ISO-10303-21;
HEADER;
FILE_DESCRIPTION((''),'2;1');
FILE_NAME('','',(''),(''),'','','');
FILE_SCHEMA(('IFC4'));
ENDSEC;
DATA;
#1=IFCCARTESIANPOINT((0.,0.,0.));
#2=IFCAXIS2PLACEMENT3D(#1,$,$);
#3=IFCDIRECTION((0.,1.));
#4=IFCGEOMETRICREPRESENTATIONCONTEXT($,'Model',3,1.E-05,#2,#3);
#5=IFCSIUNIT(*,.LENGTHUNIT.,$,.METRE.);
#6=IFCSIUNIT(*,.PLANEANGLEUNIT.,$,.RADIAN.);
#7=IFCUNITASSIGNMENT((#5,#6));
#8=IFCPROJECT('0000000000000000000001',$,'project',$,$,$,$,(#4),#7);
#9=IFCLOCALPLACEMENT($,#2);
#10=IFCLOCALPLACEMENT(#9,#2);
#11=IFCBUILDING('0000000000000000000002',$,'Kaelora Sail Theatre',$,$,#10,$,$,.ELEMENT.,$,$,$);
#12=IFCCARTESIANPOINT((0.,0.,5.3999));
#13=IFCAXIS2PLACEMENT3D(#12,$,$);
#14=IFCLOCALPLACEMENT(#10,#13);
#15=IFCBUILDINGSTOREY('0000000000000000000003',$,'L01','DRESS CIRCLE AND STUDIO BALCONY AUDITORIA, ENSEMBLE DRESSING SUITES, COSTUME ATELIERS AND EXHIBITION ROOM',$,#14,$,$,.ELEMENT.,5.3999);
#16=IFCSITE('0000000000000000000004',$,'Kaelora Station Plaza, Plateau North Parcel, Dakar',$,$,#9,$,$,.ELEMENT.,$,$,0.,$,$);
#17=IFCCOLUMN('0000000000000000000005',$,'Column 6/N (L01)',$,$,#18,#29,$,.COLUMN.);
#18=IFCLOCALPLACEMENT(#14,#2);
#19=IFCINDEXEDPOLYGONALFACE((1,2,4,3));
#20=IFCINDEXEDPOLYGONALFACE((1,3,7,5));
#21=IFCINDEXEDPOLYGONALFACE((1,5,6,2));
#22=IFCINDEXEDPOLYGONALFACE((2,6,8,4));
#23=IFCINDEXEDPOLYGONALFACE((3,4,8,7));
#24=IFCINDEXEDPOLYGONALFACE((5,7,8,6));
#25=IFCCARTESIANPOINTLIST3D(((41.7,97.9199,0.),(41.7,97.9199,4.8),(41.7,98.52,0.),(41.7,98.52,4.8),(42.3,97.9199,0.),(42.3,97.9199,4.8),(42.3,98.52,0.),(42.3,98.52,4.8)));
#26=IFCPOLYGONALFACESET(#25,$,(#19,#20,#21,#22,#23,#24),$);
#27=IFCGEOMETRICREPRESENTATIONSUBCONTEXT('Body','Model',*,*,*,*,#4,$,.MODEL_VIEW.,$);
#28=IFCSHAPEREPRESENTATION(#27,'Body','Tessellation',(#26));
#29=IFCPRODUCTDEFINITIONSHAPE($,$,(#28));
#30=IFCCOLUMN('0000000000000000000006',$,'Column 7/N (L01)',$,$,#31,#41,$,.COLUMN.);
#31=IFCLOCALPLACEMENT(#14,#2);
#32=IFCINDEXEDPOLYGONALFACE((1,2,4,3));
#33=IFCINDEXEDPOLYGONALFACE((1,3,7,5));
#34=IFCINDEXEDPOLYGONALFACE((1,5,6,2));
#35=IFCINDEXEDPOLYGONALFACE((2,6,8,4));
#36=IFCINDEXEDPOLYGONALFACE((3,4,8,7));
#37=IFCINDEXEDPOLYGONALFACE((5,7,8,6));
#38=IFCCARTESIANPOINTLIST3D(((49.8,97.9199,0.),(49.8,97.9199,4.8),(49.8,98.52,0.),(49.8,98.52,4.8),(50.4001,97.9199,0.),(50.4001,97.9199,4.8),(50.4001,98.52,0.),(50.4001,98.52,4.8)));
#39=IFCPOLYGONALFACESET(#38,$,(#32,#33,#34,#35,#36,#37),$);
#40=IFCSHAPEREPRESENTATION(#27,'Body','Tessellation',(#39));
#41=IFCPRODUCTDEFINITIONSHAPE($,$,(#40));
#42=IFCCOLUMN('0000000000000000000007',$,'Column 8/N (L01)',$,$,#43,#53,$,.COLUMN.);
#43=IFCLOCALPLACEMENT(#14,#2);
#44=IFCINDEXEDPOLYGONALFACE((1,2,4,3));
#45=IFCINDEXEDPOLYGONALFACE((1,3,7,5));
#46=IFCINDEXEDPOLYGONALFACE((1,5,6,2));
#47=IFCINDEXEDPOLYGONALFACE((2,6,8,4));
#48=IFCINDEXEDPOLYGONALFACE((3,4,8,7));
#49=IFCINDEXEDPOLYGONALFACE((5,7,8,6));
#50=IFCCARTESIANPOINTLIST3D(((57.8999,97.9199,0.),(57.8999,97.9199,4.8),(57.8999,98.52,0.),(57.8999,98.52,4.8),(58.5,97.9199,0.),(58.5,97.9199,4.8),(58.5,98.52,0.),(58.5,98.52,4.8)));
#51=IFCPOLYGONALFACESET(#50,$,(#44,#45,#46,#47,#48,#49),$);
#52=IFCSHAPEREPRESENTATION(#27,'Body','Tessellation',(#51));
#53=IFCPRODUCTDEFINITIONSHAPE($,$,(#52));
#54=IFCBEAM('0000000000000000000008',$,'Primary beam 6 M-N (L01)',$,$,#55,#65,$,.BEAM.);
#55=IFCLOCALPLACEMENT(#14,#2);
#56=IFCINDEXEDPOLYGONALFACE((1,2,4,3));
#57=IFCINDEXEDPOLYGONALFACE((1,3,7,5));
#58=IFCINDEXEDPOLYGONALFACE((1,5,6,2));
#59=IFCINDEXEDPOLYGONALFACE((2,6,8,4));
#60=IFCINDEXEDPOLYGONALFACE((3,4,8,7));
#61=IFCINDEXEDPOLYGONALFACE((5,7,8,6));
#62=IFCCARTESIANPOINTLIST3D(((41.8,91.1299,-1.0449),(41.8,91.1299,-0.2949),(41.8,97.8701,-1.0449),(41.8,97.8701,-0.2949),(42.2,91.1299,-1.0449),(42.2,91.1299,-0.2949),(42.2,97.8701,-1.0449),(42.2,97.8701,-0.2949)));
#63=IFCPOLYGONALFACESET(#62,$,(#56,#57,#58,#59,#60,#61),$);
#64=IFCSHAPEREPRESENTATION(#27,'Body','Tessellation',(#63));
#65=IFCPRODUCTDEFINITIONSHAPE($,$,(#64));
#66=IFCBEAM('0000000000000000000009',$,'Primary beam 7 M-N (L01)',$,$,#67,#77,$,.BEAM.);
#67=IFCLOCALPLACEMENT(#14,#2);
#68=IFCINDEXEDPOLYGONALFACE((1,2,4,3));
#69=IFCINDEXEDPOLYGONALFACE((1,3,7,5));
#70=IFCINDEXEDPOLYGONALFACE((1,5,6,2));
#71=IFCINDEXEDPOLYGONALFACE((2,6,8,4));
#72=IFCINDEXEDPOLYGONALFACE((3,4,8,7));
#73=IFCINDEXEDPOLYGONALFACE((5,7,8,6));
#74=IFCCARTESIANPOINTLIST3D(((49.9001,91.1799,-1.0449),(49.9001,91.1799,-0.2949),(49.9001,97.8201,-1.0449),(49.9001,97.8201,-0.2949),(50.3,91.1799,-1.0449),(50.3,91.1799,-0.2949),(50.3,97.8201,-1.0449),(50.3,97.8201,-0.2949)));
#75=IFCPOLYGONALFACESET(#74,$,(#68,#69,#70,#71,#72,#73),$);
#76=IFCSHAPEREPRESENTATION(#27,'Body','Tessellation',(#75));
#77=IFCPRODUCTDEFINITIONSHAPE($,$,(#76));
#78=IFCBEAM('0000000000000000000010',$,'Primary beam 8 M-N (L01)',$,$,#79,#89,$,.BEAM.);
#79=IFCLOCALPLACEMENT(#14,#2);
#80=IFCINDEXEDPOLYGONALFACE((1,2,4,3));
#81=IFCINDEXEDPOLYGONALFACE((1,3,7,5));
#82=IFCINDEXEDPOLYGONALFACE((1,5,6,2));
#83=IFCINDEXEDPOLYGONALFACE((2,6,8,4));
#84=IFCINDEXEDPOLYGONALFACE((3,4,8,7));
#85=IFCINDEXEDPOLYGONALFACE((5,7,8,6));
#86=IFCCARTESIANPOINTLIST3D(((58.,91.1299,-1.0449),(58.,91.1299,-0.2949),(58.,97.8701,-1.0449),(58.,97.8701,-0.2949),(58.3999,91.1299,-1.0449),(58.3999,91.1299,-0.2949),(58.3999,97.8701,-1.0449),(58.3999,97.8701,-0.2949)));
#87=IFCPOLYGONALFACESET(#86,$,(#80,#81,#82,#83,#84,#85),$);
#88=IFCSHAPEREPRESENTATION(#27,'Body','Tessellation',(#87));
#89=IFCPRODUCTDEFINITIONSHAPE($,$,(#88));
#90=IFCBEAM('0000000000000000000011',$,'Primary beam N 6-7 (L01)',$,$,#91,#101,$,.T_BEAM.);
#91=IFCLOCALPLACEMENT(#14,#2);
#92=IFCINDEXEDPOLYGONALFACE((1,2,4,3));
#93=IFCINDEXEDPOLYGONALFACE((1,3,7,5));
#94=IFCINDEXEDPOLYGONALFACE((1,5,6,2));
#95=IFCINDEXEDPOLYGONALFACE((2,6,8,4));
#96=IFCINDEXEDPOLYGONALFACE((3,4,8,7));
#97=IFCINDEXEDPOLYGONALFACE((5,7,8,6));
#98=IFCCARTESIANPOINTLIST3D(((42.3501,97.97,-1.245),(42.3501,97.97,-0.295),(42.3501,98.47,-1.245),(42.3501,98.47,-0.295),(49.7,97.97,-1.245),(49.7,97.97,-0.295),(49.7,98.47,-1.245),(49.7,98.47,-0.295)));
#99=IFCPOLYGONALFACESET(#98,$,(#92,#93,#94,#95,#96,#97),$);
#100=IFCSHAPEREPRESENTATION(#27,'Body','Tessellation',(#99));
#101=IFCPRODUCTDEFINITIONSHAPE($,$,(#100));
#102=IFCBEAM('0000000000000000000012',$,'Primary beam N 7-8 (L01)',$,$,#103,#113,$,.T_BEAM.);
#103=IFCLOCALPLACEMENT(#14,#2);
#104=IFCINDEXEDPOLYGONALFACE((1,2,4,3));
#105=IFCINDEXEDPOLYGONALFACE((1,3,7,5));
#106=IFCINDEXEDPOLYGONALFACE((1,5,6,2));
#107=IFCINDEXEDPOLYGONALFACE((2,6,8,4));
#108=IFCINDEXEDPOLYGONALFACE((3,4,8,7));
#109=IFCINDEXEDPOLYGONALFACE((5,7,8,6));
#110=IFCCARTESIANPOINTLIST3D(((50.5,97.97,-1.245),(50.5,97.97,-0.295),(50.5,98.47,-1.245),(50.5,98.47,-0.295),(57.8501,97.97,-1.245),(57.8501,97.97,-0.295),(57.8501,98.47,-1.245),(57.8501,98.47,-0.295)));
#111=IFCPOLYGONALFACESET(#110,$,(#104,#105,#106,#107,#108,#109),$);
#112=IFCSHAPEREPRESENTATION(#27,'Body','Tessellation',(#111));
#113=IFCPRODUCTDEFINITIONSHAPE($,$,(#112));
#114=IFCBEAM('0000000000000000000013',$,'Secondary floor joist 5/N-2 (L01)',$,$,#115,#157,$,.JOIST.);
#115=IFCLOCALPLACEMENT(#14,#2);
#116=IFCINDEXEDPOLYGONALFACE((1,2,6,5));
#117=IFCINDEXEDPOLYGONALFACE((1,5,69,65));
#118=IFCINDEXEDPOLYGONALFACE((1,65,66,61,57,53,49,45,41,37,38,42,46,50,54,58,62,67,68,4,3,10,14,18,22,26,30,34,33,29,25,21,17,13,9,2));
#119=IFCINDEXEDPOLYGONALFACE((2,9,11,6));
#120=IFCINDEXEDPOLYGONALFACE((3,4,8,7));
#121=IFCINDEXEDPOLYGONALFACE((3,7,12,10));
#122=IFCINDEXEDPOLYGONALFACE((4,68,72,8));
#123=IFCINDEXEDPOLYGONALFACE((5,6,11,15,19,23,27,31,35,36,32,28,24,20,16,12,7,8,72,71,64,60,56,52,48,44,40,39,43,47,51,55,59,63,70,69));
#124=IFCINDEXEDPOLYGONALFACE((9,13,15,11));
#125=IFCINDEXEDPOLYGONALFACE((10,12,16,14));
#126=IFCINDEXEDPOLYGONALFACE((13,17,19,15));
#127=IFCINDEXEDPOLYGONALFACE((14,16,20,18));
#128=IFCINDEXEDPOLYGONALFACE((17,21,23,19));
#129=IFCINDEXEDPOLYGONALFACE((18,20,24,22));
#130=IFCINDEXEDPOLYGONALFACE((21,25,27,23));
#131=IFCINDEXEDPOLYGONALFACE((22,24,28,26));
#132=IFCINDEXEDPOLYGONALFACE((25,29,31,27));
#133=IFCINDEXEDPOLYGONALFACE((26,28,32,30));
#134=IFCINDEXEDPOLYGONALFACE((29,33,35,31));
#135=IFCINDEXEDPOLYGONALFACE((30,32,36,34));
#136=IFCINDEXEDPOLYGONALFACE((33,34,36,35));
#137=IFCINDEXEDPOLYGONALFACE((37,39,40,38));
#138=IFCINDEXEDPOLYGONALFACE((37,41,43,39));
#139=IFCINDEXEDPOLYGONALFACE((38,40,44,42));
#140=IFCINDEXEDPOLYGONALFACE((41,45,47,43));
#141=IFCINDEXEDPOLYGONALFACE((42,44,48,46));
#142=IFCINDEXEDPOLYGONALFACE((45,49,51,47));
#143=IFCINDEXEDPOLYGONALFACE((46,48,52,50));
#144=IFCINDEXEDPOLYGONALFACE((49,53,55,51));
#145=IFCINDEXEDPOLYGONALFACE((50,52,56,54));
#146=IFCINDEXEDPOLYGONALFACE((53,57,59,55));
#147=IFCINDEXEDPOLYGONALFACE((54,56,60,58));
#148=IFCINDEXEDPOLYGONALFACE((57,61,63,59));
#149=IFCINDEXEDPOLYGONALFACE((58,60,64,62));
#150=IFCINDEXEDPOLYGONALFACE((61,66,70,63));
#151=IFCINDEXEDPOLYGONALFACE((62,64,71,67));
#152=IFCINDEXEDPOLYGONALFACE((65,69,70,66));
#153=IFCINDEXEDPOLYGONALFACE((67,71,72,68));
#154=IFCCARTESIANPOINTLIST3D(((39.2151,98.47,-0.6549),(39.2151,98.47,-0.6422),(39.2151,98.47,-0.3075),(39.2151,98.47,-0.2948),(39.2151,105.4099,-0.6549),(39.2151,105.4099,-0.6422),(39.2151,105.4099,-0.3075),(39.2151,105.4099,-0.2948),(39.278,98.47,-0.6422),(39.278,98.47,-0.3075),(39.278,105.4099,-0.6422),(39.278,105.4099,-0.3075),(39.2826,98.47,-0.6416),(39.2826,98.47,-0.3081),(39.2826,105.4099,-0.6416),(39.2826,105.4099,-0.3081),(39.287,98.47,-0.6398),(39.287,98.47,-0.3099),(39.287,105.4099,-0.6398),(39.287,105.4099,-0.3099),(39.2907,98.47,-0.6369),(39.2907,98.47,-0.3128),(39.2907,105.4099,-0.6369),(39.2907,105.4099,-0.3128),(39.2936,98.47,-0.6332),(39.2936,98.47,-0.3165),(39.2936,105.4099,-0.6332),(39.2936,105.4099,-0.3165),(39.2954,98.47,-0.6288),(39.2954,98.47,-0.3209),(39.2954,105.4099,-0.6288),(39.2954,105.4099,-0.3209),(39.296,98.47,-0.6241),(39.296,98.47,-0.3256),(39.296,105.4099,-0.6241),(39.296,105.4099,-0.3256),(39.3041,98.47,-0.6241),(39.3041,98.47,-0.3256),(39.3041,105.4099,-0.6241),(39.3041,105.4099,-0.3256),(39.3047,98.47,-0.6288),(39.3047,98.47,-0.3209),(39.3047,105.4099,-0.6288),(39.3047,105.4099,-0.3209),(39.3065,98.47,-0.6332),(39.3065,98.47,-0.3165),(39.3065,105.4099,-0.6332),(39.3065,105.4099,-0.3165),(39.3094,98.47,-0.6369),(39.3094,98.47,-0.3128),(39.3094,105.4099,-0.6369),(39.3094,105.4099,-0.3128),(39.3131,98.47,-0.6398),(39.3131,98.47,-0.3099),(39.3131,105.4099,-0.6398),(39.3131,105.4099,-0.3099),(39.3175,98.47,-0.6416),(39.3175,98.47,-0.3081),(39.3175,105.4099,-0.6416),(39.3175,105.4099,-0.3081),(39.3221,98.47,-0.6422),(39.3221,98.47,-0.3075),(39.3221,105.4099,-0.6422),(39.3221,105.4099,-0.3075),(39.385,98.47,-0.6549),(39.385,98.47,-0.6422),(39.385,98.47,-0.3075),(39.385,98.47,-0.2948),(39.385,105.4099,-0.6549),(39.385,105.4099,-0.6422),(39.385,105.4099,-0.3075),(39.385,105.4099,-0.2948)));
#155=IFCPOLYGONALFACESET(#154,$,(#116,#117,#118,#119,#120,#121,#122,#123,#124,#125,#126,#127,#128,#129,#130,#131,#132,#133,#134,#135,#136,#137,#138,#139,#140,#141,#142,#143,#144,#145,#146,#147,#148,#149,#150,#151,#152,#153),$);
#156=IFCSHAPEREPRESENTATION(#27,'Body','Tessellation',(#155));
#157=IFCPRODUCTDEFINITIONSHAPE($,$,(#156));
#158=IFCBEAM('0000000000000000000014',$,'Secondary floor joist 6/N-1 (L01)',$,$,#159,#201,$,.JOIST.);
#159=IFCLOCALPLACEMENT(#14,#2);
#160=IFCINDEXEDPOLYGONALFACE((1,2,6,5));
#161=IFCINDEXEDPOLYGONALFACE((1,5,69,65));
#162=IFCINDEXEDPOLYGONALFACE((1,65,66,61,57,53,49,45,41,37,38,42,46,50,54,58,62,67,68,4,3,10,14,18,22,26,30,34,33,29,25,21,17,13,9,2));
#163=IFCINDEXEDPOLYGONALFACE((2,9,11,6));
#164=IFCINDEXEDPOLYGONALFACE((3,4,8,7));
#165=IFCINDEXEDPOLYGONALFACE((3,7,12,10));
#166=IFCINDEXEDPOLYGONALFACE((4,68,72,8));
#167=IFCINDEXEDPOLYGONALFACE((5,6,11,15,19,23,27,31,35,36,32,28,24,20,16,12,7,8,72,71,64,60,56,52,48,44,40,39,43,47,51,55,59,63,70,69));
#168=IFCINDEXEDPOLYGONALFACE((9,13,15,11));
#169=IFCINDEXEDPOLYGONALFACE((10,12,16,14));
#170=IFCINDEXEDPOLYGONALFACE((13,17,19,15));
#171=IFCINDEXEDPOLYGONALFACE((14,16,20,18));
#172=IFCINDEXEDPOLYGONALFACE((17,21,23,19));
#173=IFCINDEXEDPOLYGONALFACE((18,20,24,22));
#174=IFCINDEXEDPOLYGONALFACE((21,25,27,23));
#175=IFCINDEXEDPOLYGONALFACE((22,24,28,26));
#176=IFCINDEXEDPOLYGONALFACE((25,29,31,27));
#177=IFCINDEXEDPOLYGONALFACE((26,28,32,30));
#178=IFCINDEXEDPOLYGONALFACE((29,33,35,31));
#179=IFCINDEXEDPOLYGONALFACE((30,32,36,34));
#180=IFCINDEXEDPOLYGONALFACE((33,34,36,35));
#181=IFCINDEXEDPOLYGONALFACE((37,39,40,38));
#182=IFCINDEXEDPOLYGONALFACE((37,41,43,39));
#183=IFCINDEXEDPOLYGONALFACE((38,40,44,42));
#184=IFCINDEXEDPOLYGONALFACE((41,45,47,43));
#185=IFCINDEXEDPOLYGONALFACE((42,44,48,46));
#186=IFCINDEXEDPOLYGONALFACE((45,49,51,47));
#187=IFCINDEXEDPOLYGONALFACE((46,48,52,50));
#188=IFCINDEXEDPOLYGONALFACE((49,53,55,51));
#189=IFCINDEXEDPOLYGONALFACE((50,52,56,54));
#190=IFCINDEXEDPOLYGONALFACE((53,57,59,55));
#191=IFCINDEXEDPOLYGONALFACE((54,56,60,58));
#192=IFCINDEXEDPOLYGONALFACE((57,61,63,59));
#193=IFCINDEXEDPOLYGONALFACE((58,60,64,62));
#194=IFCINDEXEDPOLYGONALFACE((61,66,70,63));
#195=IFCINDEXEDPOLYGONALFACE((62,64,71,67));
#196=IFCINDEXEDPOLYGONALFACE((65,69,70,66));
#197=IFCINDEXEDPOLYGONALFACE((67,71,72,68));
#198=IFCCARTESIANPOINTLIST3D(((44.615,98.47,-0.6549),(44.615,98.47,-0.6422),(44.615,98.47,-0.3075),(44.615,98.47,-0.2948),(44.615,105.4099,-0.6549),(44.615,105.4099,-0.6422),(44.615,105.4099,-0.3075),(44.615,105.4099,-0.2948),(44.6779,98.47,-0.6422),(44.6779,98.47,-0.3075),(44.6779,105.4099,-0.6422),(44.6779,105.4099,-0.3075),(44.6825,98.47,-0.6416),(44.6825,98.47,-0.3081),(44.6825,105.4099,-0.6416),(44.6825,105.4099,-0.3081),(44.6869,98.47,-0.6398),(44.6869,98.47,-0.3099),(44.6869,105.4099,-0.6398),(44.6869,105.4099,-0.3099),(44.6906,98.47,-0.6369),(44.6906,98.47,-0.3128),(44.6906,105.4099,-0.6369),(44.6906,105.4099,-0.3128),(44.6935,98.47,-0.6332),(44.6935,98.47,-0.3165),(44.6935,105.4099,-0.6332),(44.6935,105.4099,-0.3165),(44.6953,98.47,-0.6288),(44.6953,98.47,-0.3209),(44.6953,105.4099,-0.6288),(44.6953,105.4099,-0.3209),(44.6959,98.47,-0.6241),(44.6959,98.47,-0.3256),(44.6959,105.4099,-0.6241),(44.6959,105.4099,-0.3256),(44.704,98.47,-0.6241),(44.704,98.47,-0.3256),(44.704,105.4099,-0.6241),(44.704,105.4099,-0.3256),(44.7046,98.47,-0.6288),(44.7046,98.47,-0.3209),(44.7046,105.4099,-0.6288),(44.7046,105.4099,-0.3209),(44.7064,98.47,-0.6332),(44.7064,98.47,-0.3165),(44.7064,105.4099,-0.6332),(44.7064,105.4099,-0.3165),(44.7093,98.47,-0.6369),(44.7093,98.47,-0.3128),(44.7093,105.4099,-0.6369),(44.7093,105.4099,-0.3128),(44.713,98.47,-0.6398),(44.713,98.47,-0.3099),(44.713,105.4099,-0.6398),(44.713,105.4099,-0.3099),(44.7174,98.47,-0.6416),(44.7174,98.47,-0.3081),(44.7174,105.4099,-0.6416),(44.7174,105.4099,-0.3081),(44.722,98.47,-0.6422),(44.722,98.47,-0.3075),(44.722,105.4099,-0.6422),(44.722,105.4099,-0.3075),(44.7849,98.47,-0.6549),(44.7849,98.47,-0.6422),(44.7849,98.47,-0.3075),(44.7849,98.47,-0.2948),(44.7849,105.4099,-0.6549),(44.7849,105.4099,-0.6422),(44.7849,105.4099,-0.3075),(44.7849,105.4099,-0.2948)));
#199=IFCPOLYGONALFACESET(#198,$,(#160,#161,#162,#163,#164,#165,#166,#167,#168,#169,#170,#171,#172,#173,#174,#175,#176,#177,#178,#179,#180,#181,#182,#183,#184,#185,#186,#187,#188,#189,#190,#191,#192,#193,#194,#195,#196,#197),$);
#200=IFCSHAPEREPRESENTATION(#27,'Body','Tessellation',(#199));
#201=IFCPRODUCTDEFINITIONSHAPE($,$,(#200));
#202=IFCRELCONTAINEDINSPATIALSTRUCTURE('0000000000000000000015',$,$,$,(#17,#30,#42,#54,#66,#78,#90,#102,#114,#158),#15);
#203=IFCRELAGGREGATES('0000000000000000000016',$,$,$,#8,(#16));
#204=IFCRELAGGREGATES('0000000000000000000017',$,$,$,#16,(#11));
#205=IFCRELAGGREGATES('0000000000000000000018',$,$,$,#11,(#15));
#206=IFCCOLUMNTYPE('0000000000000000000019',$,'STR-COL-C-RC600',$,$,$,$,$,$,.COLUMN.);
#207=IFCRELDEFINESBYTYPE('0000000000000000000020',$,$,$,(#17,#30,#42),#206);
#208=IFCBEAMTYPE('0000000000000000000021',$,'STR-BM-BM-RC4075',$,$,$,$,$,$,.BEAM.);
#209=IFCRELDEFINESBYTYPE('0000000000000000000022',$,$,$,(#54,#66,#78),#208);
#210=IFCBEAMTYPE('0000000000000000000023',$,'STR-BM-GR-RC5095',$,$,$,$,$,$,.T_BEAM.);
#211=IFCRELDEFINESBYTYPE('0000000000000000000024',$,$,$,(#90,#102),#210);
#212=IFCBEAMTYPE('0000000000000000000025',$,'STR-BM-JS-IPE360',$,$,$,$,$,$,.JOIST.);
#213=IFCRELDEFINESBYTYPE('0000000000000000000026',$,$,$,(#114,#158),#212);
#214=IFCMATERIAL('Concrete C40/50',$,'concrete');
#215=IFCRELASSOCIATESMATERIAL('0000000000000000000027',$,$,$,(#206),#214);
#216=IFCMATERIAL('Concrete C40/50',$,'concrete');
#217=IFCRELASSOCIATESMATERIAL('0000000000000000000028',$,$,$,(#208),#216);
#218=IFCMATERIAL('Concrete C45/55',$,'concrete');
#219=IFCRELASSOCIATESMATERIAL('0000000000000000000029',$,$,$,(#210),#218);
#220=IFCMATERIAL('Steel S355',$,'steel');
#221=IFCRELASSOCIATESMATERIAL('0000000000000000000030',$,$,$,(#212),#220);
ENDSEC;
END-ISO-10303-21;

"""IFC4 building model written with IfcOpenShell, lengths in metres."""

from ifc_helpers import new_model, si_unit, direction, frame, origin, origin_2d, place, context, subcontext, project, spatial, rectangle, i_section, extrude, material, material_profile, profile_set, type_object, element, save


model = new_model("IFC4")

# Units and contexts
model_context = context("Model", 3, precision=1e-05, world=origin(), true_north=direction((0.0, 1.0)))
body_context = subcontext(model_context, "Body", "Model", "MODEL_VIEW")
ifc_project = project(units=[si_unit("LENGTHUNIT", "METRE"), si_unit("PLANEANGLEUNIT", "RADIAN")], contexts=[model_context])

# Site, building, storey
site_placement = place(None, origin())
site = spatial("IfcSite", under=ifc_project, at=site_placement, Name="Kaelora Station Plaza, Plateau North Parcel, Dakar", CompositionType="ELEMENT", RefElevation=0.0)
building_placement = place(site_placement, origin())
building = spatial("IfcBuilding", under=site, at=building_placement, Name="Kaelora Sail Theatre", CompositionType="ELEMENT")
storey_placement = place(building_placement, frame((0.0, 0.0, 5.3999)))
storey = spatial("IfcBuildingStorey", under=building, at=storey_placement, Name="L01", Description="DRESS CIRCLE AND STUDIO BALCONY AUDITORIA, ENSEMBLE DRESSING SUITES, COSTUME ATELIERS AND EXHIBITION ROOM", CompositionType="ELEMENT", Elevation=5.3999)

# Columns
ifc_material_1 = material(Name="Concrete C40/50", Category="concrete")
ifc_material_profile_1 = material_profile(ifc_material_1, rectangle(XDim=0.6001, YDim=0.6001, at=origin_2d()), Name="RC-COL 600x600")
ifc_profile_set_1 = profile_set([ifc_material_profile_1], Name="Concrete C40/50")
column_type = type_object("IfcColumnType", Name="STR-COL-C-RC600", PredefinedType="COLUMN", material=ifc_profile_set_1)
for number, where, z_axis, x_axis, name in (
    (1, (42.0, 98.22, 0.0), (0.0, 0.0, 1.0), (1.0, 0.0, 0.0), "Column 6/N (L01)"),
    (2, (50.1001, 98.22, 0.0), (0.0, 0.0, 1.0), (1.0, 0.0, 0.0), "Column 7/N (L01)"),
    (3, (58.2, 98.22, 0.0), (0.0, 0.0, 1.0), (1.0, 0.0, 0.0), "Column 8/N (L01)"),
):
    element("IfcColumn", number, at=place(storey_placement, frame(where, z_axis=z_axis, x_axis=x_axis)), inside=storey, type_object=column_type, Name=name, PredefinedType="COLUMN", context=body_context, shape_type="SweptSolid", body=[
        extrude(rectangle(XDim=0.6001, YDim=0.6001, at=origin_2d()), origin(), (0.0, 0.0, 1.0), 4.8),
    ])

# Beams
ifc_material_2 = material(Name="Concrete C40/50", Category="concrete")
ifc_material_profile_2 = material_profile(ifc_material_2, rectangle(XDim=0.3999, YDim=0.75, at=origin_2d()), Name="RC-BM 400x750")
ifc_profile_set_2 = profile_set([ifc_material_profile_2], Name="Concrete C40/50")
beam_type_1 = type_object("IfcBeamType", Name="STR-BM-BM-RC4075", PredefinedType="BEAM", material=ifc_profile_set_2)
beam_1_placement = place(storey_placement, frame((42.0, 91.1299, -0.6699), z_axis=(0.0, 1.0, 0.0), x_axis=(-1.0, 0.0, 0.0)))
element("IfcBeam", 4, at=beam_1_placement, inside=storey, type_object=beam_type_1, Name="Primary beam 6 M-N (L01)", PredefinedType="BEAM", context=body_context, shape_type="SweptSolid", body=[
    extrude(rectangle(XDim=0.3999, YDim=0.75, at=origin_2d()), origin(), (0.0, 0.0, 1.0), 6.7402),
])
beam_2_placement = place(storey_placement, frame((50.1001, 91.1799, -0.6699), z_axis=(0.0, 1.0, 0.0), x_axis=(-1.0, 0.0, 0.0)))
element("IfcBeam", 5, at=beam_2_placement, inside=storey, type_object=beam_type_1, Name="Primary beam 7 M-N (L01)", PredefinedType="BEAM", context=body_context, shape_type="SweptSolid", body=[
    extrude(rectangle(XDim=0.3999, YDim=0.75, at=origin_2d()), origin(), (0.0, 0.0, 1.0), 6.6401),
])
beam_3_placement = place(storey_placement, frame((58.2, 91.1299, -0.6699), z_axis=(0.0, 1.0, 0.0), x_axis=(-1.0, 0.0, 0.0)))
element("IfcBeam", 6, at=beam_3_placement, inside=storey, type_object=beam_type_1, Name="Primary beam 8 M-N (L01)", PredefinedType="BEAM", context=body_context, shape_type="SweptSolid", body=[
    extrude(rectangle(XDim=0.3999, YDim=0.75, at=origin_2d()), origin(), (0.0, 0.0, 1.0), 6.7402),
])
ifc_material_3 = material(Name="Concrete C45/55", Category="concrete")
ifc_material_profile_3 = material_profile(ifc_material_3, rectangle(XDim=0.5, YDim=0.95, at=origin_2d()), Name="RC-GRD 500x950")
ifc_profile_set_3 = profile_set([ifc_material_profile_3], Name="Concrete C45/55")
beam_type_2 = type_object("IfcBeamType", Name="STR-BM-GR-RC5095", PredefinedType="T_BEAM", material=ifc_profile_set_3)
beam_4_placement = place(storey_placement, frame((42.3501, 98.22, -0.77), z_axis=(1.0, 0.0, 0.0), x_axis=(0.0, 1.0, 0.0)))
element("IfcBeam", 7, at=beam_4_placement, inside=storey, type_object=beam_type_2, Name="Primary beam N 6-7 (L01)", PredefinedType="T_BEAM", context=body_context, shape_type="SweptSolid", body=[
    extrude(rectangle(XDim=0.5, YDim=0.95, at=origin_2d()), origin(), (0.0, 0.0, 1.0), 7.3499),
])
beam_5_placement = place(storey_placement, frame((50.5, 98.22, -0.77), z_axis=(1.0, 0.0, 0.0), x_axis=(0.0, 1.0, 0.0)))
element("IfcBeam", 8, at=beam_5_placement, inside=storey, type_object=beam_type_2, Name="Primary beam N 7-8 (L01)", PredefinedType="T_BEAM", context=body_context, shape_type="SweptSolid", body=[
    extrude(rectangle(XDim=0.5, YDim=0.95, at=origin_2d()), origin(), (0.0, 0.0, 1.0), 7.3501),
])
ifc_material_4 = material(Name="Steel S355", Category="steel")
ifc_material_profile_4 = material_profile(ifc_material_4, i_section(OverallWidth=0.1699, OverallDepth=0.3601, WebThickness=0.0081, FlangeThickness=0.0127, FilletRadius=0.0181, at=origin_2d()), Name="IPE 360")
ifc_profile_set_4 = profile_set([ifc_material_profile_4], Name="Steel S355")
beam_type_3 = type_object("IfcBeamType", Name="STR-BM-JS-IPE360", PredefinedType="JOIST", material=ifc_profile_set_4)
for number, where, z_axis, x_axis, name in (
    (9, (39.3, 98.47, -0.4749), (0.0, 1.0, 0.0), (-1.0, 0.0, 0.0), "Secondary floor joist 5/N-2 (L01)"),
    (10, (44.7, 98.47, -0.4749), (0.0, 1.0, 0.0), (-1.0, 0.0, 0.0), "Secondary floor joist 6/N-1 (L01)"),
):
    element("IfcBeam", number, at=place(storey_placement, frame(where, z_axis=z_axis, x_axis=x_axis)), inside=storey, type_object=beam_type_3, Name=name, PredefinedType="JOIST", context=body_context, shape_type="SweptSolid", body=[
        extrude(i_section(OverallWidth=0.1699, OverallDepth=0.3601, WebThickness=0.0081, FlangeThickness=0.0127, FilletRadius=0.0181, at=origin_2d()), origin(), (0.0, 0.0, 1.0), 6.9399),
    ])

save(model, "model.ifc")
